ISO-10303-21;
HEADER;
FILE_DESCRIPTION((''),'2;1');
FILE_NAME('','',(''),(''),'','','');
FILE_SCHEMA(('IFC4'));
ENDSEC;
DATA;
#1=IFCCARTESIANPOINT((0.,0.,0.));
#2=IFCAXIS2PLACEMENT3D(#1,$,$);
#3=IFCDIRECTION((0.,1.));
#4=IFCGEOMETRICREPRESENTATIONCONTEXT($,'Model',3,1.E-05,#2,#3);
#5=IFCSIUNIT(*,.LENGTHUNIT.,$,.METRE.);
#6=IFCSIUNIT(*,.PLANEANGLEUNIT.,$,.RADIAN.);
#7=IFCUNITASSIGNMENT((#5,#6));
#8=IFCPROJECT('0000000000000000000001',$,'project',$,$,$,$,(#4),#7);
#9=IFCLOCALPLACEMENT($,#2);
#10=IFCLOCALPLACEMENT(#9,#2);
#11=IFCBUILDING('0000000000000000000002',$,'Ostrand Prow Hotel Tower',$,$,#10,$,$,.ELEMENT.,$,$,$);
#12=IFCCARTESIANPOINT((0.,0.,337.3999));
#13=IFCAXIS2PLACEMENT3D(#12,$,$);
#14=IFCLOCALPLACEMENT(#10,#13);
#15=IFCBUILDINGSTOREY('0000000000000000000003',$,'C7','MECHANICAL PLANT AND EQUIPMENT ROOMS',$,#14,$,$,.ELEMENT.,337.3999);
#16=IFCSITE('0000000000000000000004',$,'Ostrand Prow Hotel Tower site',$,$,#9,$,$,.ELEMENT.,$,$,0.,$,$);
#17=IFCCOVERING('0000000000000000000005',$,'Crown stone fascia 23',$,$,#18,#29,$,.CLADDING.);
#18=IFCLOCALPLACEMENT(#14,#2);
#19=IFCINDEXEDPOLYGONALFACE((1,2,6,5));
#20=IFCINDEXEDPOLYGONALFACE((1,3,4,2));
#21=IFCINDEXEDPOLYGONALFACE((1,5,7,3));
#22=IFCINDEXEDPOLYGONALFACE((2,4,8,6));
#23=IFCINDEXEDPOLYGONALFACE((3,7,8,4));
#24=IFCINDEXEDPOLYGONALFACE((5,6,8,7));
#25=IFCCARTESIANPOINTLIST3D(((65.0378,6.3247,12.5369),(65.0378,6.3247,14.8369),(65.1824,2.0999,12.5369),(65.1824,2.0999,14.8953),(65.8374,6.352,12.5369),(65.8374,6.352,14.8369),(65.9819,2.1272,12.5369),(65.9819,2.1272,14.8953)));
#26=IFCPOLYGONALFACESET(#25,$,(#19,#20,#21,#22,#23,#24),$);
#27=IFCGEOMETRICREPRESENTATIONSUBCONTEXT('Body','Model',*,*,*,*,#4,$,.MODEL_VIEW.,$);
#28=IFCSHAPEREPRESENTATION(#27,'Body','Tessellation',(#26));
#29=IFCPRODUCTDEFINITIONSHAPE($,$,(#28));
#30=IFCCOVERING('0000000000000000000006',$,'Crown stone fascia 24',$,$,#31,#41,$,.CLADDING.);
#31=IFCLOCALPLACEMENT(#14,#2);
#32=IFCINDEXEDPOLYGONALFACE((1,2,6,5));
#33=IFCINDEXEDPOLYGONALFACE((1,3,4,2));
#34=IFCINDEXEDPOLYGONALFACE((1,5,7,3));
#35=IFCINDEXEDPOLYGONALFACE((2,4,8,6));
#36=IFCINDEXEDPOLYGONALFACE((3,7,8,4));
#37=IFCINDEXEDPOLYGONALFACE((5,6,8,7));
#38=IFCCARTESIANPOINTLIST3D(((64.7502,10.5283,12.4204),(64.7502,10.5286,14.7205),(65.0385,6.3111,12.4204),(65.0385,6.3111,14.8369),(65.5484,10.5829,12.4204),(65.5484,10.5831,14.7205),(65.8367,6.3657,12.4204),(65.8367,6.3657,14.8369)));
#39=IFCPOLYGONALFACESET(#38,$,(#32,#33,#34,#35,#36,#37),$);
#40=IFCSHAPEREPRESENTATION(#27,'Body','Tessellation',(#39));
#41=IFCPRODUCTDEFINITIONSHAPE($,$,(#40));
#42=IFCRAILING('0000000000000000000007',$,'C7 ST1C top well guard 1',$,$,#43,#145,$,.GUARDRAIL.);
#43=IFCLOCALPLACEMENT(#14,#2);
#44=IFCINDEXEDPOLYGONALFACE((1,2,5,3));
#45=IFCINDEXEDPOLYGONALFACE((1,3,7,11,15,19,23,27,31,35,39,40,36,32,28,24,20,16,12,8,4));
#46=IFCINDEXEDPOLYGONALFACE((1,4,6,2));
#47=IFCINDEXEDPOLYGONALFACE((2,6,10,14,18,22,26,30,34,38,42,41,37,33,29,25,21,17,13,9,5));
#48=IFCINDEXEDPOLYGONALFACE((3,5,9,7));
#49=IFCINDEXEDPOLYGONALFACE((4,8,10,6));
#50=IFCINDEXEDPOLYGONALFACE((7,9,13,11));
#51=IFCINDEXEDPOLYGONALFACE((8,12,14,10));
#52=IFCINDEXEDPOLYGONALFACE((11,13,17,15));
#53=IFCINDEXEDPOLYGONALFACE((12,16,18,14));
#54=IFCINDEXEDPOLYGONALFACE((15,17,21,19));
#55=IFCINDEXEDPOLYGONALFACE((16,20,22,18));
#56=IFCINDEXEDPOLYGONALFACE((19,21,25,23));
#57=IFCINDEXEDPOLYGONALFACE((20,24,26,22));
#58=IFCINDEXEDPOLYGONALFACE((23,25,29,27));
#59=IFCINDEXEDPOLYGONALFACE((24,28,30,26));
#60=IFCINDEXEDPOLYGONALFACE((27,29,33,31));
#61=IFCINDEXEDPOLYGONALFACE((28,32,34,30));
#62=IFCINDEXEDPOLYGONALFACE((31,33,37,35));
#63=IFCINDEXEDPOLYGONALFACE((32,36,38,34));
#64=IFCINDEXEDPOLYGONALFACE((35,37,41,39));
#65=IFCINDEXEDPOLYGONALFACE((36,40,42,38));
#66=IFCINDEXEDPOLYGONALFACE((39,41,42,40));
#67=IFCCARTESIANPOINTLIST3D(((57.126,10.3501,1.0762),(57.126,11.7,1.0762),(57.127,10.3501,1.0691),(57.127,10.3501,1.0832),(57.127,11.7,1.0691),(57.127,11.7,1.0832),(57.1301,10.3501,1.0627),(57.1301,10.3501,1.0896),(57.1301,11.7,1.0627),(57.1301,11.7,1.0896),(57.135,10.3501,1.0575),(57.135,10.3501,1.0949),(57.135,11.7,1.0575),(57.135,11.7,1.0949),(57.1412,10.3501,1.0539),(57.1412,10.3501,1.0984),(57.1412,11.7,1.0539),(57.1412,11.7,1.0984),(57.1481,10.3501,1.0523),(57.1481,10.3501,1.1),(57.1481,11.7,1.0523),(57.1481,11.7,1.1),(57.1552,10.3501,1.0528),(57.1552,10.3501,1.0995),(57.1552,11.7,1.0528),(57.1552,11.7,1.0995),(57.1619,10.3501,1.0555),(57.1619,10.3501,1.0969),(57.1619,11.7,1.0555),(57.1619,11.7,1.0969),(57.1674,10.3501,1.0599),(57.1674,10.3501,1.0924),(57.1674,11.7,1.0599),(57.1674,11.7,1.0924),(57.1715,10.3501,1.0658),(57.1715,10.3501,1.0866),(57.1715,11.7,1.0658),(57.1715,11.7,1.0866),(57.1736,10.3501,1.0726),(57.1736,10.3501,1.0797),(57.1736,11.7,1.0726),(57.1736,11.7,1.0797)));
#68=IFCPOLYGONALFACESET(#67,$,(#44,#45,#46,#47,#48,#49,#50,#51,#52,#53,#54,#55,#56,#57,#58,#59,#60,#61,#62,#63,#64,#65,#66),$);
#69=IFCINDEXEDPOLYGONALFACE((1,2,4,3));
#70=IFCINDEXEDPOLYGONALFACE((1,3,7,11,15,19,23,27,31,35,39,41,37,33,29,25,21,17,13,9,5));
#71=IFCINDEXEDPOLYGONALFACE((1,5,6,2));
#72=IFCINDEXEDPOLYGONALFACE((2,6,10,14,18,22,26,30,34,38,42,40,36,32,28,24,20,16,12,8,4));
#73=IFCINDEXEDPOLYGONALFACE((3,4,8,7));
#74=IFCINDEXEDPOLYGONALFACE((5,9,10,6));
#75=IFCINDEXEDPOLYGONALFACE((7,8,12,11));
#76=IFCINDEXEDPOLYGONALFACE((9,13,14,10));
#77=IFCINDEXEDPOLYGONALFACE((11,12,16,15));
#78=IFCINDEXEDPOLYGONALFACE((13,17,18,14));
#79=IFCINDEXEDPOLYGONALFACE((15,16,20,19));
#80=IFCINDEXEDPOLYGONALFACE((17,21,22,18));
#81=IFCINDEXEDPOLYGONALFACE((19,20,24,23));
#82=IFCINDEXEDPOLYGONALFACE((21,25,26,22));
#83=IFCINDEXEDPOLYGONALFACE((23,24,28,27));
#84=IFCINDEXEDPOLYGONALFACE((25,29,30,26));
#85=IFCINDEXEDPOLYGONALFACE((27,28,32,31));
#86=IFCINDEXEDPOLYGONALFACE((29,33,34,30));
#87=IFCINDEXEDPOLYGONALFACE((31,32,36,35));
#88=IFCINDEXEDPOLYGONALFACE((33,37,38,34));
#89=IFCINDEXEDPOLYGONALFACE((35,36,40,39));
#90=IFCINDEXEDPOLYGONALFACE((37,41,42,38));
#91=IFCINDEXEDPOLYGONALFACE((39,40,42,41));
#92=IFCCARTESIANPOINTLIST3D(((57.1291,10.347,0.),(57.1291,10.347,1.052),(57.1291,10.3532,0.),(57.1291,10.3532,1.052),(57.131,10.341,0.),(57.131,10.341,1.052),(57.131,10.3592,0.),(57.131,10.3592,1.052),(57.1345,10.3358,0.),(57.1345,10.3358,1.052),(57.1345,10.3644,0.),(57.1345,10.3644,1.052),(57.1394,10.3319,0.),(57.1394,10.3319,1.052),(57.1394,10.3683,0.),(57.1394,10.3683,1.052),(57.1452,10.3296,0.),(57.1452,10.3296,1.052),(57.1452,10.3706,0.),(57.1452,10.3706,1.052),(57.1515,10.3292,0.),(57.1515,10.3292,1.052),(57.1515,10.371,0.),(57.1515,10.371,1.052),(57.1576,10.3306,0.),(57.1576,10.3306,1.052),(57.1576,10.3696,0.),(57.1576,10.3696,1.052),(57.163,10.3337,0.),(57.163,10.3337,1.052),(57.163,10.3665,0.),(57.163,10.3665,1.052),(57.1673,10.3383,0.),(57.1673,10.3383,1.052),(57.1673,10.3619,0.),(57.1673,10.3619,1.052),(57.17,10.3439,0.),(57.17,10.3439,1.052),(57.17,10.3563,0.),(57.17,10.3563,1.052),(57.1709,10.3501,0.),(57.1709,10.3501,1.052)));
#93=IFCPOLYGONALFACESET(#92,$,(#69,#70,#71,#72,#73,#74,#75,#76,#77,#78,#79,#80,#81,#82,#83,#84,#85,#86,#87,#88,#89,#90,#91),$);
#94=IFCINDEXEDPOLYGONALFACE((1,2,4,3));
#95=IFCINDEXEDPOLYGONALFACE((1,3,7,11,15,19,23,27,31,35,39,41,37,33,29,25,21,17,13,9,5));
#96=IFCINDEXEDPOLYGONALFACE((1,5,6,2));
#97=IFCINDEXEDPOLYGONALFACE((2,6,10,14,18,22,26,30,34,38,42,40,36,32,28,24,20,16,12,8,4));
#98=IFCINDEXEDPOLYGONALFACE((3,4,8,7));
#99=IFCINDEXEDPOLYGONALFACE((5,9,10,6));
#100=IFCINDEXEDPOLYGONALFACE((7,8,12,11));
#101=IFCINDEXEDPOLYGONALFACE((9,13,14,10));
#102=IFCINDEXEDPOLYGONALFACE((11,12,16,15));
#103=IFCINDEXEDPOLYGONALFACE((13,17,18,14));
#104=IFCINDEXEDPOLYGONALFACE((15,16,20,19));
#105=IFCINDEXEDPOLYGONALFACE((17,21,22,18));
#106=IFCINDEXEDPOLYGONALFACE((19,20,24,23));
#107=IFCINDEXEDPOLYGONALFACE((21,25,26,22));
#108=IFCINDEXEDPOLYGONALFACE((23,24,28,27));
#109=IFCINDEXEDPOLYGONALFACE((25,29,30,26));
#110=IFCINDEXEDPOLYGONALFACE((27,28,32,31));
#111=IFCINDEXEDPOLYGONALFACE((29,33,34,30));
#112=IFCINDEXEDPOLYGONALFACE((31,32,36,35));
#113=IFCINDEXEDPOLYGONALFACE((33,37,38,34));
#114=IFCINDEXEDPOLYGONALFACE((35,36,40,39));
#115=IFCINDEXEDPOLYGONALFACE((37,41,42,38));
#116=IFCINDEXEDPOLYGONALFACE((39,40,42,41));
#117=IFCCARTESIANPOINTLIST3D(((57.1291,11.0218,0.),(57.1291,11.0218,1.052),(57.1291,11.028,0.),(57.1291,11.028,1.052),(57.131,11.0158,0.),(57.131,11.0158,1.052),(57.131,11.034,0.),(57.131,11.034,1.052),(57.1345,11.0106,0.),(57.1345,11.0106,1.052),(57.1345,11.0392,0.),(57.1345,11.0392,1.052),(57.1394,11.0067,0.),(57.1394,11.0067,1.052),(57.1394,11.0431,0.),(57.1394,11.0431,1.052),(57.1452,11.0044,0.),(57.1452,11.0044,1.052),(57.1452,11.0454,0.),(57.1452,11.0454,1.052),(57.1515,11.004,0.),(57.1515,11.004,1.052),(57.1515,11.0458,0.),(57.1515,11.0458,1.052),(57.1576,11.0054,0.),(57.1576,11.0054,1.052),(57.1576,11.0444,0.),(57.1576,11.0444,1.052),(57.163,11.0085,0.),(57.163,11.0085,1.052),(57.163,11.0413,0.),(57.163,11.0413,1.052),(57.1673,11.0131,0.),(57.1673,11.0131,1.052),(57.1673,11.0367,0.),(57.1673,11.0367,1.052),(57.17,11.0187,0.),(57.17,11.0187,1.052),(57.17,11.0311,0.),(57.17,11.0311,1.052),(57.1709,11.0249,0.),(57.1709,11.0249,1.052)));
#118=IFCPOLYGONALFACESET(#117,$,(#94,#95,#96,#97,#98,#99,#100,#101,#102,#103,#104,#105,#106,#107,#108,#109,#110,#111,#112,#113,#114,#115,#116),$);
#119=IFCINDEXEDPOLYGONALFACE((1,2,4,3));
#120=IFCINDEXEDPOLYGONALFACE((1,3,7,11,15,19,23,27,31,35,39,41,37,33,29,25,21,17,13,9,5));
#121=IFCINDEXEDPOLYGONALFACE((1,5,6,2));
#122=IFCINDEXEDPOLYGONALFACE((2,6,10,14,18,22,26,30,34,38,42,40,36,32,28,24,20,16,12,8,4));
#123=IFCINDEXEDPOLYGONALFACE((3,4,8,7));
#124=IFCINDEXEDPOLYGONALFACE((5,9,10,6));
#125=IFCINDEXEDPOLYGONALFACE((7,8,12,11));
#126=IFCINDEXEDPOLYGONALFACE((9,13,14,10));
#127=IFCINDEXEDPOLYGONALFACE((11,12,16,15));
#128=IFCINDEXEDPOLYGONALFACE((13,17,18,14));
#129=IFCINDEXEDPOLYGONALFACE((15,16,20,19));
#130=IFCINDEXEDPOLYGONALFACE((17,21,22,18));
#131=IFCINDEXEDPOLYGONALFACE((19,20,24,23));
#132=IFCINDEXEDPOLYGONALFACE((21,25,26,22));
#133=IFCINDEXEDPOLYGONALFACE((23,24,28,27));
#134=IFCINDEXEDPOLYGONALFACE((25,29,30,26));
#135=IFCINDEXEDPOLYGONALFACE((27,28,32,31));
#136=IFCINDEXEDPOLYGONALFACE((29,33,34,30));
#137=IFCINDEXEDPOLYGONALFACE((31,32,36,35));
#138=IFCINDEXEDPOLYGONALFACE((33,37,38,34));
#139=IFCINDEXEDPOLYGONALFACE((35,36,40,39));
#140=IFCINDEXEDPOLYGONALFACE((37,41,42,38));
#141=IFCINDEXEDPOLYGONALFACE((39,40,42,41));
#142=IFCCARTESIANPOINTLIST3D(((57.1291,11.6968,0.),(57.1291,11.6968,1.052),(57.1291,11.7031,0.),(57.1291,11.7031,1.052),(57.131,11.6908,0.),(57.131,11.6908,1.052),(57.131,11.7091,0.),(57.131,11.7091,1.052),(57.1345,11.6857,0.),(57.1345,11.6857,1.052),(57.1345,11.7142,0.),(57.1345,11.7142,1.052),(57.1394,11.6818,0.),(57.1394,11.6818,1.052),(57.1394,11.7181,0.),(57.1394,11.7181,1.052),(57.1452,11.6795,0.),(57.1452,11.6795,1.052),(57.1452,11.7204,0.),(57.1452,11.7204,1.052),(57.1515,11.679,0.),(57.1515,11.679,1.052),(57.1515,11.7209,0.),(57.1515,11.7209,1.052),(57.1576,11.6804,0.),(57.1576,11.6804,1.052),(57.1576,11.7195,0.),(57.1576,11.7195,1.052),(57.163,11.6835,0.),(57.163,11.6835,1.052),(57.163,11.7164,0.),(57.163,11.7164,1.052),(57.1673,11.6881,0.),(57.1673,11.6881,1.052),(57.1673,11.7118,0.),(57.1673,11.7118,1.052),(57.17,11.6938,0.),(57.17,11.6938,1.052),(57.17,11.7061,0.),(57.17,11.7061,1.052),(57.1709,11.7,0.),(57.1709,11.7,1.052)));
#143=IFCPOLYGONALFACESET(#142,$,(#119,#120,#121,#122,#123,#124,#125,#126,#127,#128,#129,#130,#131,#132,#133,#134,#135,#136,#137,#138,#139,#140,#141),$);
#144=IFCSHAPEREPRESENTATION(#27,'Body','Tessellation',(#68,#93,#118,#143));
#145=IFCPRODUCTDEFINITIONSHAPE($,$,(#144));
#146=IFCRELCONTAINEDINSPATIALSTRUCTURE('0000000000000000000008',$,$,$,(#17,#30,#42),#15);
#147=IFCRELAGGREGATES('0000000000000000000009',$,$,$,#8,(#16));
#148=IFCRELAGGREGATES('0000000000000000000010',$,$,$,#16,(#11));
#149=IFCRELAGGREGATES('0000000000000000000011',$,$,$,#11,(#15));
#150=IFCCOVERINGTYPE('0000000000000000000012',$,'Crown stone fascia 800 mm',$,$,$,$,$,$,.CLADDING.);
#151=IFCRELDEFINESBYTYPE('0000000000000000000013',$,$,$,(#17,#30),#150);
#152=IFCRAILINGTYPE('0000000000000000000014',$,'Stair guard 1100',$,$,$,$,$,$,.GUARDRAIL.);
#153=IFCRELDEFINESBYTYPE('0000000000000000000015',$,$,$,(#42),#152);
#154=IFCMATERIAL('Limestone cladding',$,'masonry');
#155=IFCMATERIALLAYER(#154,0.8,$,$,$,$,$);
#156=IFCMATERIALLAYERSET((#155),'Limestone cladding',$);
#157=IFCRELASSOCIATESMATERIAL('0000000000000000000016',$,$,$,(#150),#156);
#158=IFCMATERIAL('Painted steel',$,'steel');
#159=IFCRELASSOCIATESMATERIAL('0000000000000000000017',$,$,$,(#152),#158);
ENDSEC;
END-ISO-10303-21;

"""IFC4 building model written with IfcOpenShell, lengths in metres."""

from ifc_helpers import new_model, si_unit, direction, frame, origin, origin_2d, place, context, subcontext, project, spatial, polyline, circle, outline, extrude, material, layer, layer_set, type_object, element, save


model = new_model("IFC4")

# Units and contexts
model_context = context("Model", 3, precision=1e-05, world=origin(), true_north=direction((0.0, 1.0)))
body_context = subcontext(model_context, "Body", "Model", "MODEL_VIEW")
ifc_project = project(units=[si_unit("LENGTHUNIT", "METRE"), si_unit("PLANEANGLEUNIT", "RADIAN")], contexts=[model_context])

# Site, building, storey
site_placement = place(None, origin())
site = spatial("IfcSite", under=ifc_project, at=site_placement, Name="Ostrand Prow Hotel Tower site", CompositionType="ELEMENT", RefElevation=0.0)
building_placement = place(site_placement, origin())
building = spatial("IfcBuilding", under=site, at=building_placement, Name="Ostrand Prow Hotel Tower", CompositionType="ELEMENT")
storey_placement = place(building_placement, frame((0.0, 0.0, 337.3999)))
storey = spatial("IfcBuildingStorey", under=building, at=storey_placement, Name="C7", Description="MECHANICAL PLANT AND EQUIPMENT ROOMS", CompositionType="ELEMENT", Elevation=337.3999)

# Coverings
ifc_material_1 = material(Name="Limestone cladding", Category="masonry")
ifc_layer_1 = layer(ifc_material_1, 0.8)
ifc_layer_set_1 = layer_set([ifc_layer_1], Name="Limestone cladding")
covering_type_1 = type_object("IfcCoveringType", Name="Crown stone fascia 800 mm", PredefinedType="CLADDING", material=ifc_layer_set_1)
covering_1_placement = place(storey_placement, frame((65.582, 2.1135, 12.5369), z_axis=(0.0, 0.0, 1.0), x_axis=(-0.03419, 0.999415, 0.0)))
element("IfcCovering", 1, at=covering_1_placement, inside=storey, type_object=covering_type_1, Name="Crown stone fascia 23", PredefinedType="CLADDING", context=body_context, shape_type="SweptSolid", body=[
    extrude(outline(polyline([(0.0, 0.0), (4.2273, 0.0), (4.2273, 2.3), (0.0, 2.3584), (0.0, 0.0)])), frame((0.0, 0.3999, 0.0), z_axis=(0.0, -1.0, 0.0), x_axis=(1.0, 0.0, 0.0)), (0.0, 0.0, 1.0), 0.8),
])
covering_2_placement = place(storey_placement, frame((65.4375, 6.3384, 12.4204), z_axis=(0.0, 0.0, 1.0), x_axis=(-0.068209, 0.997671, 0.0)))
element("IfcCovering", 2, at=covering_2_placement, inside=storey, type_object=covering_type_1, Name="Crown stone fascia 24", PredefinedType="CLADDING", context=body_context, shape_type="SweptSolid", body=[
    extrude(outline(polyline([(0.0, 0.0), (4.2271, 0.0), (4.2273, 2.3), (0.0, 2.4165), (0.0, 0.0)])), frame((0.0, 0.3999, 0.0), z_axis=(0.0, -1.0, 0.0), x_axis=(1.0, 0.0, 0.0)), (0.0, 0.0, 1.0), 0.8),
])

# Railing
ifc_material_2 = material(Name="Painted steel", Category="steel")
railing_type = type_object("IfcRailingType", Name="Stair guard 1100", PredefinedType="GUARDRAIL", material=ifc_material_2)
railing_placement = place(storey_placement, frame((57.1499, 10.3501, 0.0)))
element("IfcRailing", 3, at=railing_placement, inside=storey, type_object=railing_type, Name="C7 ST1C top well guard 1", PredefinedType="GUARDRAIL", context=body_context, shape_type="SweptSolid", body=[
    extrude(circle(Radius=0.0239, at=origin_2d()), frame((0.0, 0.0, 1.0762), z_axis=(0.0, 1.0, 0.0), x_axis=(-1.0, 0.0, 0.0)), (0.0, 0.0, 1.0), 1.3499),
    extrude(circle(Radius=0.021, at=origin_2d()), origin(), (0.0, 0.0, 1.0), 1.052),
    extrude(circle(Radius=0.021, at=origin_2d()), frame((0.0, 0.6748, 0.0)), (0.0, 0.0, 1.0), 1.052),
    extrude(circle(Radius=0.021, at=origin_2d()), frame((0.0, 1.3499, 0.0)), (0.0, 0.0, 1.0), 1.052),
])

save(model, "model.ifc")
